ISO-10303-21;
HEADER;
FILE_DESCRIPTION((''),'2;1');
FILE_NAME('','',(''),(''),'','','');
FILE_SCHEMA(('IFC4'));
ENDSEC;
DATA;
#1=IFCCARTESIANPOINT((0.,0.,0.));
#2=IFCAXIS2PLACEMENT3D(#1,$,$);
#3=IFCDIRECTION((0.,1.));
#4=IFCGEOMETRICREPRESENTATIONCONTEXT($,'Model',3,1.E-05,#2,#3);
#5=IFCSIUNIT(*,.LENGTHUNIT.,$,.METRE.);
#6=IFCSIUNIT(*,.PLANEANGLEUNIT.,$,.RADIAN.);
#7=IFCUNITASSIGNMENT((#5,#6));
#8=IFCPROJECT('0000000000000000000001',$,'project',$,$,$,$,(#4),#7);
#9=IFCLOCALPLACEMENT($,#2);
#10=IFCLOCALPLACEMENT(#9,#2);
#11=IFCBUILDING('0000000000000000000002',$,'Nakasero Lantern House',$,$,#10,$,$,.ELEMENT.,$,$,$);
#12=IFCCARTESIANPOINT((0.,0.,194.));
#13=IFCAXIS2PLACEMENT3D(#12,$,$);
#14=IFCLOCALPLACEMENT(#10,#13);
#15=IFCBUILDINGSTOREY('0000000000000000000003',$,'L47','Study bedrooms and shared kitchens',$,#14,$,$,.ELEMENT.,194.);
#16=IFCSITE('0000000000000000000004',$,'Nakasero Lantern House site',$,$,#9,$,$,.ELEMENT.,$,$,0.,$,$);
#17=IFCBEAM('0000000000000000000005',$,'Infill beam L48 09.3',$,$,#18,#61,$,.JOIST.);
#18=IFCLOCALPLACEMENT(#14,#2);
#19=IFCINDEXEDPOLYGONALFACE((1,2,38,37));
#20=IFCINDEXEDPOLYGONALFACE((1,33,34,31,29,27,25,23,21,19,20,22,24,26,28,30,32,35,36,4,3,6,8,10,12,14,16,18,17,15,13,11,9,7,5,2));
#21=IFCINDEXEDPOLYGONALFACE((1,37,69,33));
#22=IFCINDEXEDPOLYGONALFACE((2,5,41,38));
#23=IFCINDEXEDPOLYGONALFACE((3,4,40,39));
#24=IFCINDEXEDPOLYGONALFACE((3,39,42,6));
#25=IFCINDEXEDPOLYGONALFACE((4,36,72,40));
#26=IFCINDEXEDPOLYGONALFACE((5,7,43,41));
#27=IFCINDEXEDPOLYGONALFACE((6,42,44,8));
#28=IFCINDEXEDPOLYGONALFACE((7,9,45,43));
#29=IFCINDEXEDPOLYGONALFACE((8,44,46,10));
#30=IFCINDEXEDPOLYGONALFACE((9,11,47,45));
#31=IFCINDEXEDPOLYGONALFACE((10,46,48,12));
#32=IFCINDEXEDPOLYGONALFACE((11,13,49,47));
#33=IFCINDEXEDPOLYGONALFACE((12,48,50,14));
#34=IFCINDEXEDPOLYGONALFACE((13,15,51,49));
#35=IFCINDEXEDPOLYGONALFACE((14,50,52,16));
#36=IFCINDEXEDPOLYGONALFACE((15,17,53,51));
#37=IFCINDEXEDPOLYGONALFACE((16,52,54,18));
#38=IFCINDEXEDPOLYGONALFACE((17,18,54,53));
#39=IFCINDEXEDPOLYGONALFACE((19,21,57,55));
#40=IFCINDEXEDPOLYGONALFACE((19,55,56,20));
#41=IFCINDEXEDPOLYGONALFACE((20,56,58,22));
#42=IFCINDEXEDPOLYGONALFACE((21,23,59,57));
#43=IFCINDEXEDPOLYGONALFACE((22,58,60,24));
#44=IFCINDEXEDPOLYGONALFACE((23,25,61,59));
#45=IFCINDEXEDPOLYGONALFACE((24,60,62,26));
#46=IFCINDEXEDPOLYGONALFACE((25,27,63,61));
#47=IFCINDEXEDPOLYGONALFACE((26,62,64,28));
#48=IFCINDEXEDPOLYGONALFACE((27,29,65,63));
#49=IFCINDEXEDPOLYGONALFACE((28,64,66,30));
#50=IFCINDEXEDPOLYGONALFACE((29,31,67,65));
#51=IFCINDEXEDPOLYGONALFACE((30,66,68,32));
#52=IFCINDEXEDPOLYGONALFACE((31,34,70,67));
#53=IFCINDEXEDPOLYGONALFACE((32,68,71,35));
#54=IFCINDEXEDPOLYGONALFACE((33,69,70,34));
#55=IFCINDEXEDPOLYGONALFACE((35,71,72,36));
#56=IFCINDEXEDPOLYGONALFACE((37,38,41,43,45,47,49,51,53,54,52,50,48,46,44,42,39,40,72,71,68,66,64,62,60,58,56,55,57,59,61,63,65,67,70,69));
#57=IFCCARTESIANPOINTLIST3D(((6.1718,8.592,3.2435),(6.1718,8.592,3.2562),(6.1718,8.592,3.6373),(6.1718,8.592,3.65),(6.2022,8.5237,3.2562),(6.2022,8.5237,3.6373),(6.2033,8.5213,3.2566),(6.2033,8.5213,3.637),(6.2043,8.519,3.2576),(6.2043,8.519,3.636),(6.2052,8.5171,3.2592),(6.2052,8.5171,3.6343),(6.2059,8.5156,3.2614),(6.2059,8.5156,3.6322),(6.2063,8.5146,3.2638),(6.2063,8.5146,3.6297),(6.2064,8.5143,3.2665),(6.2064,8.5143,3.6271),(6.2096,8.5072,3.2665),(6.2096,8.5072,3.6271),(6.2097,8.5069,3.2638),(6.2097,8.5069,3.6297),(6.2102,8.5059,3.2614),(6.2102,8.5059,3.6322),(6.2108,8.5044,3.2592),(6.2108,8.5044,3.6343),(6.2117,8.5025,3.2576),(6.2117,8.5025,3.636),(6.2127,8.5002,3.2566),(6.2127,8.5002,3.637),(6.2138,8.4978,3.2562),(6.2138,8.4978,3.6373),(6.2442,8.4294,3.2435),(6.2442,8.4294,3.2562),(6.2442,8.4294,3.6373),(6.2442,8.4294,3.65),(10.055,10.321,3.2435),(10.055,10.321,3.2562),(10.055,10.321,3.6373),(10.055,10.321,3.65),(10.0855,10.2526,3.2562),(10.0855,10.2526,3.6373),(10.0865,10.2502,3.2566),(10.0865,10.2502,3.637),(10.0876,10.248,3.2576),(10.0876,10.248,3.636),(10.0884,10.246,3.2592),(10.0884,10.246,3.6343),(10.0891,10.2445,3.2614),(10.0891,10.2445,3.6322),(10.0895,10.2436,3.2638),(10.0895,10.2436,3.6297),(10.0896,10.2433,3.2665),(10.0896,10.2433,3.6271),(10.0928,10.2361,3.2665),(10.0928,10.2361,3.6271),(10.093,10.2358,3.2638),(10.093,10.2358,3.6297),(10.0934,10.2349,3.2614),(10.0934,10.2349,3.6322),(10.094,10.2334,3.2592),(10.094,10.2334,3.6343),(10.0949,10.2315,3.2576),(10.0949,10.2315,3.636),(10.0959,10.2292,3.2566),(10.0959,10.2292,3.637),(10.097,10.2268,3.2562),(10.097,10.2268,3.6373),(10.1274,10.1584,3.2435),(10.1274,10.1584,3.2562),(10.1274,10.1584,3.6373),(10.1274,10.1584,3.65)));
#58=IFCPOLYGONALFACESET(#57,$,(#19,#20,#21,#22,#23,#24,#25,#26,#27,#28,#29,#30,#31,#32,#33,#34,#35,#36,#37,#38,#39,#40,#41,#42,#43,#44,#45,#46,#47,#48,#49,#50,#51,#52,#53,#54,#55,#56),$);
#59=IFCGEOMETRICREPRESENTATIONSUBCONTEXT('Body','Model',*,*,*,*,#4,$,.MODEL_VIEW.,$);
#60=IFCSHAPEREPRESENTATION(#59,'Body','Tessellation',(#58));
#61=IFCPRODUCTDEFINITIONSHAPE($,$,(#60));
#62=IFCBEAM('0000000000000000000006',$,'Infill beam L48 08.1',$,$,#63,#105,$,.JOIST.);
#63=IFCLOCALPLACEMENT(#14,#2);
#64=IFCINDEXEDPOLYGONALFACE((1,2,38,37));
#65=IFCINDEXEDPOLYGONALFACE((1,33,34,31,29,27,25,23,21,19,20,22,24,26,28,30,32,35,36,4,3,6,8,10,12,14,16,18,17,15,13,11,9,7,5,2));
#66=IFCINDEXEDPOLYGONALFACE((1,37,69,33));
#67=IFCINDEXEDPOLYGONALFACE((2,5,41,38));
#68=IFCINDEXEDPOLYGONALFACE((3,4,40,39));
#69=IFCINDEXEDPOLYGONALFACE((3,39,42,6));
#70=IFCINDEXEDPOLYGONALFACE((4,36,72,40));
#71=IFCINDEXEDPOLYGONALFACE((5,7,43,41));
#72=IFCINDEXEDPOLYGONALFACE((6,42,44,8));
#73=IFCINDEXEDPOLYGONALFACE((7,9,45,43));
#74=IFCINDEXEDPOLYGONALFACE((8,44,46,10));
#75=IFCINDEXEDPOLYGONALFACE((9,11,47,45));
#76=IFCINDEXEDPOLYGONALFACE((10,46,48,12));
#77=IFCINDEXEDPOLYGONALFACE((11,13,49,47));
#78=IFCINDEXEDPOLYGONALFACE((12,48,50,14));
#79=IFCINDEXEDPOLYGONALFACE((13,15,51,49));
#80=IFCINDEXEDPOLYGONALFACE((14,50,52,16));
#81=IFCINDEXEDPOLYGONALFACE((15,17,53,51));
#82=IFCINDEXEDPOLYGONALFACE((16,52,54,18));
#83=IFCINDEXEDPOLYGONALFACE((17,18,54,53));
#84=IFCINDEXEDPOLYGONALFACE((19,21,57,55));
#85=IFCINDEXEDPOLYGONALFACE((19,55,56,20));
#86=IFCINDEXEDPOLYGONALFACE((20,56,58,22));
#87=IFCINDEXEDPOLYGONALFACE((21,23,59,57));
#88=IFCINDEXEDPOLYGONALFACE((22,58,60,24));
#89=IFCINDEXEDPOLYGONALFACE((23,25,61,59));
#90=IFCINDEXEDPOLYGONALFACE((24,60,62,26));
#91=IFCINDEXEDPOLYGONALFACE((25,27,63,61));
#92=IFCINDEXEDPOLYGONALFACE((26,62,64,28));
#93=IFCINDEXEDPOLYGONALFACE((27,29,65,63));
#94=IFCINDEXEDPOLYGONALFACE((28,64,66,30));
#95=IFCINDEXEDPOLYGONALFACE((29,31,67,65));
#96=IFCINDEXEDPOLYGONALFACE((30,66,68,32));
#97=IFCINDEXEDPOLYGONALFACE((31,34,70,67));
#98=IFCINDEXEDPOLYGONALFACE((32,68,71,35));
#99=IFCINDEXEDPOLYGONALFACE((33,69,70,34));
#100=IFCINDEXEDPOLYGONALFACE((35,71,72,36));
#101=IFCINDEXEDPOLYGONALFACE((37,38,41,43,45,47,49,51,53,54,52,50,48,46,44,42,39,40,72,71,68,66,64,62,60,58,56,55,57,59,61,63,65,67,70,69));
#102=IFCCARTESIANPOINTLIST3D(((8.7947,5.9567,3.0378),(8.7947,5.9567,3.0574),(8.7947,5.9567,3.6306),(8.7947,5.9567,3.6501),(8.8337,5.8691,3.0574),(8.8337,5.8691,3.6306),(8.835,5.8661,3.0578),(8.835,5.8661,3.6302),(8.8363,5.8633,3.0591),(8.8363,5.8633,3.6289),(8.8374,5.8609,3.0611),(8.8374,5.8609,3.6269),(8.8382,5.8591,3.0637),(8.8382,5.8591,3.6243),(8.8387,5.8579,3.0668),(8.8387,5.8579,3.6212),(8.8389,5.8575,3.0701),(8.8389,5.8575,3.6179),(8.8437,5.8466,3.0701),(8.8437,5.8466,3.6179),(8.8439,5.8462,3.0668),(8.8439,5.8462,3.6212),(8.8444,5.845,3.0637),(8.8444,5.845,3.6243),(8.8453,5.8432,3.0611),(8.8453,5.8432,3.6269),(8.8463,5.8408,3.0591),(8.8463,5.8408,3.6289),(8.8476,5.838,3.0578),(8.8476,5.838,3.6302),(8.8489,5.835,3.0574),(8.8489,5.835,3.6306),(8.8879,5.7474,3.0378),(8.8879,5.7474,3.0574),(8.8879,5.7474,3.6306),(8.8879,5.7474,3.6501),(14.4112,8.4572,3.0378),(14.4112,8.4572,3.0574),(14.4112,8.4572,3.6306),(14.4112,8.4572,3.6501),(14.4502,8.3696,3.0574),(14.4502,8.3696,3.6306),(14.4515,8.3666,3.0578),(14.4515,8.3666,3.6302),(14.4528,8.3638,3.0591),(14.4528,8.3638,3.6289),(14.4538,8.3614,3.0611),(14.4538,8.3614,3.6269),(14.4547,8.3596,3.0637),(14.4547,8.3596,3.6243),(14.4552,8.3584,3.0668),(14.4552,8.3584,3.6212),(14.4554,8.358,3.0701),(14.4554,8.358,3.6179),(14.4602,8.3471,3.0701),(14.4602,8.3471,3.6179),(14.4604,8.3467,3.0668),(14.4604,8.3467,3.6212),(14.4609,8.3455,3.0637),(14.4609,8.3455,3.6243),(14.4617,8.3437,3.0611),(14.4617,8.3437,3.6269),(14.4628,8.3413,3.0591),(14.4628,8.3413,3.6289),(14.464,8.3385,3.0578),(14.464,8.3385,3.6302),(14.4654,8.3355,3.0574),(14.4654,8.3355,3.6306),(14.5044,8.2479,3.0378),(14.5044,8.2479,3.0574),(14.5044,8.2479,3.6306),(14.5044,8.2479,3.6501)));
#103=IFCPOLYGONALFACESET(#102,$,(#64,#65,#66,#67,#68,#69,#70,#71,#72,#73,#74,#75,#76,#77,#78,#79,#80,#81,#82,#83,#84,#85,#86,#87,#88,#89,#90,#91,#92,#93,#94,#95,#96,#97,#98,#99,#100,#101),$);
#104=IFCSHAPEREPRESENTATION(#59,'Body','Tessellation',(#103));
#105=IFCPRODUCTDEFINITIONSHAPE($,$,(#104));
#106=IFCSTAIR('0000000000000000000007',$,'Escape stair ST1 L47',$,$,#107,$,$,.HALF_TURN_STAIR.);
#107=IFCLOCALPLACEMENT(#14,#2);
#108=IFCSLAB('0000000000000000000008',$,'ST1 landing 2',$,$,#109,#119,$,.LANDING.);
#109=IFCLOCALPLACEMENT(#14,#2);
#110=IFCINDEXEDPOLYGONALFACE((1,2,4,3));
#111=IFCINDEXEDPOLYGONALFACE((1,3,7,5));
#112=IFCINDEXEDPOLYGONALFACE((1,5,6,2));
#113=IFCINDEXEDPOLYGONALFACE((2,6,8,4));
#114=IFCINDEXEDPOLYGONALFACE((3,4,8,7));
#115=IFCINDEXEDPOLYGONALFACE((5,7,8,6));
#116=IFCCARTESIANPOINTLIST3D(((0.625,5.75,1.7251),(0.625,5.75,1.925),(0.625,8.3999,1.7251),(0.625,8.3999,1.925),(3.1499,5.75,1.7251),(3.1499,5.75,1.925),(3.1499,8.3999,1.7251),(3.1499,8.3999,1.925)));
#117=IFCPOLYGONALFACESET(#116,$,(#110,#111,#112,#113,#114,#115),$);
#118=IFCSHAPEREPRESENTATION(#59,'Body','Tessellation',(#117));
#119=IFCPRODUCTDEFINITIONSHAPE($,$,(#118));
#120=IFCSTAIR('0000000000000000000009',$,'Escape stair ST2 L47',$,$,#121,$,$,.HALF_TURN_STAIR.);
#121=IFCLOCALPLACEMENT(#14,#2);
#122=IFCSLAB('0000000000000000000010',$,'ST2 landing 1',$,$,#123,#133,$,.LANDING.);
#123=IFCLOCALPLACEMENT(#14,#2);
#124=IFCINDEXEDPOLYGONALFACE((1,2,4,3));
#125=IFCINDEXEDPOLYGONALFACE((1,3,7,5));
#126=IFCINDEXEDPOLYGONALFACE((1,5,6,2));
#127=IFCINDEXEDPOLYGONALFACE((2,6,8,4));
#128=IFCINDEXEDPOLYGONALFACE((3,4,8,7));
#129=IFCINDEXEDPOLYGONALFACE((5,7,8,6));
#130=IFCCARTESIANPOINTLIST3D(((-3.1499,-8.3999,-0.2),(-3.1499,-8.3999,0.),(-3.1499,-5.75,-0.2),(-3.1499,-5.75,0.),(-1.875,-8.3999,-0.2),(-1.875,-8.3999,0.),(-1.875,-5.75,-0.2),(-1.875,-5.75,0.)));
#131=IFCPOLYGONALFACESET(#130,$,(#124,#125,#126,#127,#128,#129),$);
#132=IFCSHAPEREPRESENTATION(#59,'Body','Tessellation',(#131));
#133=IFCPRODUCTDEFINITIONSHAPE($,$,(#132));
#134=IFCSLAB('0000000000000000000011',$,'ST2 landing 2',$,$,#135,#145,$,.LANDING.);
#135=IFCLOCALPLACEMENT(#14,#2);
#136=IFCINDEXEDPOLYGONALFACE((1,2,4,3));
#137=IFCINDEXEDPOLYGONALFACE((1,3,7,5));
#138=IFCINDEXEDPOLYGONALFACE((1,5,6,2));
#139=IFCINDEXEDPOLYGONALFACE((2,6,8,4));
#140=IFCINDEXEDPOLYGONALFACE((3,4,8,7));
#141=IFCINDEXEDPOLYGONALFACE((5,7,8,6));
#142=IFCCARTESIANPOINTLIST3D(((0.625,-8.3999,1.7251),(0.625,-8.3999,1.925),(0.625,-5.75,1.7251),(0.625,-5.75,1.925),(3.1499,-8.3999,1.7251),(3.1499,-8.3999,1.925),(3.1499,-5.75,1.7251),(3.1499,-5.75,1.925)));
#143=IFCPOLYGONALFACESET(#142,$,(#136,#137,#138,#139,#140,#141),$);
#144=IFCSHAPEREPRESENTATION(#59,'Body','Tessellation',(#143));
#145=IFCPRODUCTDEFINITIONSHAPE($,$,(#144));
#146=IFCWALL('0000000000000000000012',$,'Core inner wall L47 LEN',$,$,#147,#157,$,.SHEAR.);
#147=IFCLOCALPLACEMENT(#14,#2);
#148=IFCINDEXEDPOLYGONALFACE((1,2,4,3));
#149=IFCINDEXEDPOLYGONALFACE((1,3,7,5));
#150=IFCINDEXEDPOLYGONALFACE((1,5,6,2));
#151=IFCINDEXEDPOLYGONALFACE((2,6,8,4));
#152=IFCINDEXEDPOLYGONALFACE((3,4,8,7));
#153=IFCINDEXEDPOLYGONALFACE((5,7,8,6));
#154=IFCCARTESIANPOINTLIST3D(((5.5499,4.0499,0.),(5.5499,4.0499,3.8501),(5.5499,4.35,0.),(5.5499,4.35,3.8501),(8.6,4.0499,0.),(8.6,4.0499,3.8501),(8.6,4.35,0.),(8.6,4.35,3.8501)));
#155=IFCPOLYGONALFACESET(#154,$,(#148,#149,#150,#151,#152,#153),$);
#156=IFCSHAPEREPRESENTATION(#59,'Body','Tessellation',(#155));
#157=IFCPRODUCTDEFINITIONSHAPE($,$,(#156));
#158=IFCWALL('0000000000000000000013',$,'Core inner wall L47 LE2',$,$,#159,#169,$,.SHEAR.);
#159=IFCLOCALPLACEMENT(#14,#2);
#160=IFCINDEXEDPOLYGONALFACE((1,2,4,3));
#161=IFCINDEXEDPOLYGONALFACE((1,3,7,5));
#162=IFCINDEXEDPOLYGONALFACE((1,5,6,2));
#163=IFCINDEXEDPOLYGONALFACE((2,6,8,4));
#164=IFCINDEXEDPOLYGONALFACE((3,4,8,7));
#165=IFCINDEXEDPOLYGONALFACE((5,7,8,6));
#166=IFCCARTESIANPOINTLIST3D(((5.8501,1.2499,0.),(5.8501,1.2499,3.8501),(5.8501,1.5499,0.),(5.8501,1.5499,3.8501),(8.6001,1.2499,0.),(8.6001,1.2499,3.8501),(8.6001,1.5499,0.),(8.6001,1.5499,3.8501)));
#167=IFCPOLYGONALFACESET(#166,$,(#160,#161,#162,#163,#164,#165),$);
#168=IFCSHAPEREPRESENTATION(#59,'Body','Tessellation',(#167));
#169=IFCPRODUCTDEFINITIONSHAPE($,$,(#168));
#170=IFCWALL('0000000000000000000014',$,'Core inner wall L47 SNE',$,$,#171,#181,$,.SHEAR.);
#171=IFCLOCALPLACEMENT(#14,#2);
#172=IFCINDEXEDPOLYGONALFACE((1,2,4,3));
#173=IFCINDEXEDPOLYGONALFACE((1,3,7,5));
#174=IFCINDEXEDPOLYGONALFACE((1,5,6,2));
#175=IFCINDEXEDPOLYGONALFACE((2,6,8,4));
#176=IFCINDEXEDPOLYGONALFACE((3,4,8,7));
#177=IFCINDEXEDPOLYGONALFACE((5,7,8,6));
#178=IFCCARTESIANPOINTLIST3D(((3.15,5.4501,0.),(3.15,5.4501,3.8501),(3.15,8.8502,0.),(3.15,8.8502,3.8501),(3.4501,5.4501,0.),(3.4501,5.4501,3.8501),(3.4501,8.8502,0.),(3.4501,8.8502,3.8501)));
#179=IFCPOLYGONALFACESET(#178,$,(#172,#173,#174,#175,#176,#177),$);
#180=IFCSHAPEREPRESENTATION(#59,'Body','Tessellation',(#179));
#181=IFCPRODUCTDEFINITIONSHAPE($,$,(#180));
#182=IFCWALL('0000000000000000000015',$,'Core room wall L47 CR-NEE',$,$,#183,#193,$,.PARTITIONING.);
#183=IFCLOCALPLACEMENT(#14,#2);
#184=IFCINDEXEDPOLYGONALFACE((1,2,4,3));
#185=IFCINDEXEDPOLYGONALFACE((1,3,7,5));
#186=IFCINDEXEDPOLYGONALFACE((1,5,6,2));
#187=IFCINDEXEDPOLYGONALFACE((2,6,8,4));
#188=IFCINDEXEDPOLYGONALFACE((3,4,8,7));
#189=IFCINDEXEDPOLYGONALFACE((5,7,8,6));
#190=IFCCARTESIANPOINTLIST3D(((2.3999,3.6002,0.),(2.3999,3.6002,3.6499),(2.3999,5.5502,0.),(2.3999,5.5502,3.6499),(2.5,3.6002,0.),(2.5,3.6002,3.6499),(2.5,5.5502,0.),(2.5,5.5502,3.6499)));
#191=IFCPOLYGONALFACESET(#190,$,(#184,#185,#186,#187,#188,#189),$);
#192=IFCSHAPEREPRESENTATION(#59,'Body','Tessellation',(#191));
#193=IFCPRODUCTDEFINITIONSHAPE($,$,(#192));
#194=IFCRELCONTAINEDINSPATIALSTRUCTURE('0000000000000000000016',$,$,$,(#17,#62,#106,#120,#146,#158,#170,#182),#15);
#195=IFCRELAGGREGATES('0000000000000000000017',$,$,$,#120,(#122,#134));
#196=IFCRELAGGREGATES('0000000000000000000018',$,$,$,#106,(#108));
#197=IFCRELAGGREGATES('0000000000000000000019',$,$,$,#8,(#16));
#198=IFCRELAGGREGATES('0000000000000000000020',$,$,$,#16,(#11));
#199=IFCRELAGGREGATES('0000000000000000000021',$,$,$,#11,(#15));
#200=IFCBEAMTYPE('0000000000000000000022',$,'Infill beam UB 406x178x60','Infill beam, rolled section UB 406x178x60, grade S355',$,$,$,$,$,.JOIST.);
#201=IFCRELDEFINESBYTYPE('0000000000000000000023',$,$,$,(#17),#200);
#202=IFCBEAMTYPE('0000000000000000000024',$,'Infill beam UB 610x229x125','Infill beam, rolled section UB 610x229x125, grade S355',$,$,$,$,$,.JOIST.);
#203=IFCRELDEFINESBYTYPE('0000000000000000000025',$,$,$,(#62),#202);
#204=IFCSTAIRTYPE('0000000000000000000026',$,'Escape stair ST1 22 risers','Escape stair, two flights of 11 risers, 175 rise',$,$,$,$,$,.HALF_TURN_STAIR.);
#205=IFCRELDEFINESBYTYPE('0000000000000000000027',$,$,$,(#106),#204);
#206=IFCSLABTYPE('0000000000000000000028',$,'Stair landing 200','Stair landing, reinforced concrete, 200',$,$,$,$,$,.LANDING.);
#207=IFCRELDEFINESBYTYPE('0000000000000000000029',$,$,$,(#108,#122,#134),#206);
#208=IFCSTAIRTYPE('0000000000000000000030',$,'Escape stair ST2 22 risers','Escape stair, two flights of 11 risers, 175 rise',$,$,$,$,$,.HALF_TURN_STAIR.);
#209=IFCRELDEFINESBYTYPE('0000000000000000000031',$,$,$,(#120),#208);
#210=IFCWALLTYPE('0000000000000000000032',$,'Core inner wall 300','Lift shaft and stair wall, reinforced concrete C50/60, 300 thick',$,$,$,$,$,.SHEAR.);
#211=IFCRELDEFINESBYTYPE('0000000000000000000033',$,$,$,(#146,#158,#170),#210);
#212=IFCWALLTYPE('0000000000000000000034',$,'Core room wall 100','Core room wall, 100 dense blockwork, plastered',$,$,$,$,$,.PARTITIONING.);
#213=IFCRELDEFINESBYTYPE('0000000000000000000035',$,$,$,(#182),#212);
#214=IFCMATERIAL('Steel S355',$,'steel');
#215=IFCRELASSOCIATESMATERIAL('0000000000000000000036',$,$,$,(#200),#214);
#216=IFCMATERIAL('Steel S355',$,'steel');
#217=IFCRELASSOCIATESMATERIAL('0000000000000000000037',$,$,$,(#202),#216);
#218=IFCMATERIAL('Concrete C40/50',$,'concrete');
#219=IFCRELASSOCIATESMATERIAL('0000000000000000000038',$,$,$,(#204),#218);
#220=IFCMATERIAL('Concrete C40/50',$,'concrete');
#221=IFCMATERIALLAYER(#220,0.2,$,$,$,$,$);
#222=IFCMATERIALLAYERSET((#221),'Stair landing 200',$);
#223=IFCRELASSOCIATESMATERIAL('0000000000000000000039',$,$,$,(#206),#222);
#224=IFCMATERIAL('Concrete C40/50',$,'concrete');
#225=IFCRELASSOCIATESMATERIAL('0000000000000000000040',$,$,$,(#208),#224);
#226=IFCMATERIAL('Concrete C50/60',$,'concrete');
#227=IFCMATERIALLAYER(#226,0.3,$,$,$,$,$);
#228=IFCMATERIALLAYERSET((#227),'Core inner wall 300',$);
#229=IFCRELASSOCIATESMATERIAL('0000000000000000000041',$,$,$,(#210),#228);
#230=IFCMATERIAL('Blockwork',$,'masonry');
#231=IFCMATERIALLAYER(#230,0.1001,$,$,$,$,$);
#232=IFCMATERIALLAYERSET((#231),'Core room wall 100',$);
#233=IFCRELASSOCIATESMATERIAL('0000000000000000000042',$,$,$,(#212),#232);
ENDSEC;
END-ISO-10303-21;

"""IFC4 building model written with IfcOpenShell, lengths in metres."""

from ifc_helpers import new_model, si_unit, direction, frame, frame_2d, origin, origin_2d, place, context, subcontext, project, spatial, polyline, rectangle, i_section, outline, extrude, material, layer, layer_set, material_profile, profile_set, type_object, element, aggregate, save


model = new_model("IFC4")

# Units and contexts
model_context = context("Model", 3, precision=1e-05, world=origin(), true_north=direction((0.0, 1.0)))
body_context = subcontext(model_context, "Body", "Model", "MODEL_VIEW")
ifc_project = project(units=[si_unit("LENGTHUNIT", "METRE"), si_unit("PLANEANGLEUNIT", "RADIAN")], contexts=[model_context])

# Site, building, storey
site_placement = place(None, origin())
site = spatial("IfcSite", under=ifc_project, at=site_placement, Name="Nakasero Lantern House site", CompositionType="ELEMENT", RefElevation=0.0)
building_placement = place(site_placement, origin())
building = spatial("IfcBuilding", under=site, at=building_placement, Name="Nakasero Lantern House", CompositionType="ELEMENT")
storey_placement = place(building_placement, frame((0.0, 0.0, 194.0)))
storey = spatial("IfcBuildingStorey", under=building, at=storey_placement, Name="L47", Description="Study bedrooms and shared kitchens", CompositionType="ELEMENT", Elevation=194.0)

# Beams
ifc_material_1 = material(Name="Steel S355", Category="steel")
ifc_material_profile_1 = material_profile(ifc_material_1, i_section(OverallWidth=0.178, OverallDepth=0.4065, WebThickness=0.0078, FlangeThickness=0.0127, FilletRadius=0.0103, at=origin_2d()), Name="UB 406x178x60")
ifc_profile_set_1 = profile_set([ifc_material_profile_1], Name="Steel S355")
beam_type_1 = type_object("IfcBeamType", Name="Infill beam UB 406x178x60", Description="Infill beam, rolled section UB 406x178x60, grade S355", PredefinedType="JOIST", material=ifc_profile_set_1)
beam_1_placement = place(storey_placement, frame((6.208, 8.5107, 3.4468), z_axis=(0.913541, 0.406746, 0.0), x_axis=(-0.406746, 0.913541, 0.0)))
element("IfcBeam", 1, at=beam_1_placement, inside=storey, type_object=beam_type_1, Name="Infill beam L48 09.3", PredefinedType="JOIST", context=body_context, shape_type="SweptSolid", body=[
    extrude(i_section(OverallWidth=0.178, OverallDepth=0.4065, WebThickness=0.0078, FlangeThickness=0.0127, FilletRadius=0.0103, at=origin_2d()), origin(), (0.0, 0.0, 1.0), 4.2507),
])
ifc_material_2 = material(Name="Steel S355", Category="steel")
ifc_material_profile_2 = material_profile(ifc_material_2, i_section(OverallWidth=0.229, OverallDepth=0.6123, WebThickness=0.012, FlangeThickness=0.0195, FilletRadius=0.0127, at=origin_2d()), Name="UB 610x229x125")
ifc_profile_set_2 = profile_set([ifc_material_profile_2], Name="Steel S355")
beam_type_2 = type_object("IfcBeamType", Name="Infill beam UB 610x229x125", Description="Infill beam, rolled section UB 610x229x125, grade S355", PredefinedType="JOIST", material=ifc_profile_set_2)
beam_2_placement = place(storey_placement, frame((8.8413, 5.8521, 3.344), z_axis=(0.913553, 0.406721, 0.0), x_axis=(-0.406721, 0.913553, 0.0)))
element("IfcBeam", 2, at=beam_2_placement, inside=storey, type_object=beam_type_2, Name="Infill beam L48 08.1", PredefinedType="JOIST", context=body_context, shape_type="SweptSolid", body=[
    extrude(i_section(OverallWidth=0.229, OverallDepth=0.6123, WebThickness=0.012, FlangeThickness=0.0195, FilletRadius=0.0127, at=origin_2d()), origin(), (0.0, 0.0, 1.0), 6.1479),
])

# Stair, slab
ifc_material_3 = material(Name="Concrete C40/50", Category="concrete")
stair_type_1 = type_object("IfcStairType", Name="Escape stair ST1 22 risers", Description="Escape stair, two flights of 11 risers, 175 rise", PredefinedType="HALF_TURN_STAIR", material=ifc_material_3)
stair_1_placement = place(storey_placement, origin())
stair_1 = element("IfcStair", 3, at=stair_1_placement, inside=storey, type_object=stair_type_1, Name="Escape stair ST1 L47", PredefinedType="HALF_TURN_STAIR")
ifc_material_4 = material(Name="Concrete C40/50", Category="concrete")
ifc_layer_1 = layer(ifc_material_4, 0.2)
ifc_layer_set_1 = layer_set([ifc_layer_1], Name="Stair landing 200")
slab_type = type_object("IfcSlabType", Name="Stair landing 200", Description="Stair landing, reinforced concrete, 200", PredefinedType="LANDING", material=ifc_layer_set_1)
slab_1_placement = place(storey_placement, frame((0.0, 0.0, 1.7251)))
slab_1 = element("IfcSlab", 4, at=slab_1_placement, type_object=slab_type, Name="ST1 landing 2", PredefinedType="LANDING", context=body_context, shape_type="SweptSolid", body=[
    extrude(outline(polyline([(0.625, 5.75), (3.1499, 5.75), (3.1499, 8.3999), (0.625, 8.3999), (0.625, 5.75)])), origin(), (0.0, 0.0, 1.0), 0.2),
])

# Stair, slabs
ifc_material_5 = material(Name="Concrete C40/50", Category="concrete")
stair_type_2 = type_object("IfcStairType", Name="Escape stair ST2 22 risers", Description="Escape stair, two flights of 11 risers, 175 rise", PredefinedType="HALF_TURN_STAIR", material=ifc_material_5)
stair_2_placement = place(storey_placement, origin())
stair_2 = element("IfcStair", 5, at=stair_2_placement, inside=storey, type_object=stair_type_2, Name="Escape stair ST2 L47", PredefinedType="HALF_TURN_STAIR")
slab_2_placement = place(storey_placement, frame((0.0, 0.0, -0.2)))
slab_2 = element("IfcSlab", 6, at=slab_2_placement, type_object=slab_type, Name="ST2 landing 1", PredefinedType="LANDING", context=body_context, shape_type="SweptSolid", body=[
    extrude(outline(polyline([(-3.1499, -8.3999), (-1.875, -8.3999), (-1.875, -5.75), (-3.1499, -5.75), (-3.1499, -8.3999)])), origin(), (0.0, 0.0, 1.0), 0.2),
])
slab_3_placement = place(storey_placement, frame((0.0, 0.0, 1.7251)))
slab_3 = element("IfcSlab", 7, at=slab_3_placement, type_object=slab_type, Name="ST2 landing 2", PredefinedType="LANDING", context=body_context, shape_type="SweptSolid", body=[
    extrude(outline(polyline([(0.625, -8.3999), (3.1499, -8.3999), (3.1499, -5.75), (0.625, -5.75), (0.625, -8.3999)])), origin(), (0.0, 0.0, 1.0), 0.2),
])
aggregate(stair_2, [slab_2, slab_3])

# Walls
ifc_material_6 = material(Name="Concrete C50/60", Category="concrete")
ifc_layer_2 = layer(ifc_material_6, 0.3)
ifc_layer_set_2 = layer_set([ifc_layer_2], Name="Core inner wall 300")
wall_type_1 = type_object("IfcWallType", Name="Core inner wall 300", Description="Lift shaft and stair wall, reinforced concrete C50/60, 300 thick", PredefinedType="SHEAR", material=ifc_layer_set_2)
wall_1_placement = place(storey_placement, frame((5.55, 4.2, 0.0), z_axis=(0.0, 0.0, 1.0), x_axis=(1.0, 0.0, 0.0)))
element("IfcWall", 8, at=wall_1_placement, inside=storey, type_object=wall_type_1, Name="Core inner wall L47 LEN", PredefinedType="SHEAR", context=body_context, shape_type="SweptSolid", body=[
    extrude(rectangle(XDim=3.05, YDim=0.3, at=frame_2d((1.5249, 0.0))), origin(), (0.0, 0.0, 1.0), 3.8501),
])
wall_2_placement = place(storey_placement, frame((5.8501, 1.3999, 0.0), z_axis=(0.0, 0.0, 1.0), x_axis=(1.0, 0.0, 0.0)))
element("IfcWall", 9, at=wall_2_placement, inside=storey, type_object=wall_type_1, Name="Core inner wall L47 LE2", PredefinedType="SHEAR", context=body_context, shape_type="SweptSolid", body=[
    extrude(rectangle(XDim=2.75, YDim=0.3, at=frame_2d((1.375, 0.0))), origin(), (0.0, 0.0, 1.0), 3.8501),
])
wall_3_placement = place(storey_placement, frame((3.3, 5.45, 0.0), z_axis=(0.0, 0.0, 1.0), x_axis=(0.0, 1.0, 0.0)))
element("IfcWall", 10, at=wall_3_placement, inside=storey, type_object=wall_type_1, Name="Core inner wall L47 SNE", PredefinedType="SHEAR", context=body_context, shape_type="SweptSolid", body=[
    extrude(rectangle(XDim=3.4001, YDim=0.3, at=frame_2d((1.7002, 0.0))), origin(), (0.0, 0.0, 1.0), 3.8501),
])
ifc_material_7 = material(Name="Blockwork", Category="masonry")
ifc_layer_3 = layer(ifc_material_7, 0.1001)
ifc_layer_set_3 = layer_set([ifc_layer_3], Name="Core room wall 100")
wall_type_2 = type_object("IfcWallType", Name="Core room wall 100", Description="Core room wall, 100 dense blockwork, plastered", PredefinedType="PARTITIONING", material=ifc_layer_set_3)
wall_4_placement = place(storey_placement, frame((2.45, 3.6001, 0.0), z_axis=(0.0, 0.0, 1.0), x_axis=(0.0, 1.0, 0.0)))
element("IfcWall", 11, at=wall_4_placement, inside=storey, type_object=wall_type_2, Name="Core room wall L47 CR-NEE", PredefinedType="PARTITIONING", context=body_context, shape_type="SweptSolid", body=[
    extrude(rectangle(XDim=1.95, YDim=0.1001, at=frame_2d((0.9751, 0.0))), origin(), (0.0, 0.0, 1.0), 3.6499),
])

aggregate(stair_1, [slab_1])

save(model, "model.ifc")
